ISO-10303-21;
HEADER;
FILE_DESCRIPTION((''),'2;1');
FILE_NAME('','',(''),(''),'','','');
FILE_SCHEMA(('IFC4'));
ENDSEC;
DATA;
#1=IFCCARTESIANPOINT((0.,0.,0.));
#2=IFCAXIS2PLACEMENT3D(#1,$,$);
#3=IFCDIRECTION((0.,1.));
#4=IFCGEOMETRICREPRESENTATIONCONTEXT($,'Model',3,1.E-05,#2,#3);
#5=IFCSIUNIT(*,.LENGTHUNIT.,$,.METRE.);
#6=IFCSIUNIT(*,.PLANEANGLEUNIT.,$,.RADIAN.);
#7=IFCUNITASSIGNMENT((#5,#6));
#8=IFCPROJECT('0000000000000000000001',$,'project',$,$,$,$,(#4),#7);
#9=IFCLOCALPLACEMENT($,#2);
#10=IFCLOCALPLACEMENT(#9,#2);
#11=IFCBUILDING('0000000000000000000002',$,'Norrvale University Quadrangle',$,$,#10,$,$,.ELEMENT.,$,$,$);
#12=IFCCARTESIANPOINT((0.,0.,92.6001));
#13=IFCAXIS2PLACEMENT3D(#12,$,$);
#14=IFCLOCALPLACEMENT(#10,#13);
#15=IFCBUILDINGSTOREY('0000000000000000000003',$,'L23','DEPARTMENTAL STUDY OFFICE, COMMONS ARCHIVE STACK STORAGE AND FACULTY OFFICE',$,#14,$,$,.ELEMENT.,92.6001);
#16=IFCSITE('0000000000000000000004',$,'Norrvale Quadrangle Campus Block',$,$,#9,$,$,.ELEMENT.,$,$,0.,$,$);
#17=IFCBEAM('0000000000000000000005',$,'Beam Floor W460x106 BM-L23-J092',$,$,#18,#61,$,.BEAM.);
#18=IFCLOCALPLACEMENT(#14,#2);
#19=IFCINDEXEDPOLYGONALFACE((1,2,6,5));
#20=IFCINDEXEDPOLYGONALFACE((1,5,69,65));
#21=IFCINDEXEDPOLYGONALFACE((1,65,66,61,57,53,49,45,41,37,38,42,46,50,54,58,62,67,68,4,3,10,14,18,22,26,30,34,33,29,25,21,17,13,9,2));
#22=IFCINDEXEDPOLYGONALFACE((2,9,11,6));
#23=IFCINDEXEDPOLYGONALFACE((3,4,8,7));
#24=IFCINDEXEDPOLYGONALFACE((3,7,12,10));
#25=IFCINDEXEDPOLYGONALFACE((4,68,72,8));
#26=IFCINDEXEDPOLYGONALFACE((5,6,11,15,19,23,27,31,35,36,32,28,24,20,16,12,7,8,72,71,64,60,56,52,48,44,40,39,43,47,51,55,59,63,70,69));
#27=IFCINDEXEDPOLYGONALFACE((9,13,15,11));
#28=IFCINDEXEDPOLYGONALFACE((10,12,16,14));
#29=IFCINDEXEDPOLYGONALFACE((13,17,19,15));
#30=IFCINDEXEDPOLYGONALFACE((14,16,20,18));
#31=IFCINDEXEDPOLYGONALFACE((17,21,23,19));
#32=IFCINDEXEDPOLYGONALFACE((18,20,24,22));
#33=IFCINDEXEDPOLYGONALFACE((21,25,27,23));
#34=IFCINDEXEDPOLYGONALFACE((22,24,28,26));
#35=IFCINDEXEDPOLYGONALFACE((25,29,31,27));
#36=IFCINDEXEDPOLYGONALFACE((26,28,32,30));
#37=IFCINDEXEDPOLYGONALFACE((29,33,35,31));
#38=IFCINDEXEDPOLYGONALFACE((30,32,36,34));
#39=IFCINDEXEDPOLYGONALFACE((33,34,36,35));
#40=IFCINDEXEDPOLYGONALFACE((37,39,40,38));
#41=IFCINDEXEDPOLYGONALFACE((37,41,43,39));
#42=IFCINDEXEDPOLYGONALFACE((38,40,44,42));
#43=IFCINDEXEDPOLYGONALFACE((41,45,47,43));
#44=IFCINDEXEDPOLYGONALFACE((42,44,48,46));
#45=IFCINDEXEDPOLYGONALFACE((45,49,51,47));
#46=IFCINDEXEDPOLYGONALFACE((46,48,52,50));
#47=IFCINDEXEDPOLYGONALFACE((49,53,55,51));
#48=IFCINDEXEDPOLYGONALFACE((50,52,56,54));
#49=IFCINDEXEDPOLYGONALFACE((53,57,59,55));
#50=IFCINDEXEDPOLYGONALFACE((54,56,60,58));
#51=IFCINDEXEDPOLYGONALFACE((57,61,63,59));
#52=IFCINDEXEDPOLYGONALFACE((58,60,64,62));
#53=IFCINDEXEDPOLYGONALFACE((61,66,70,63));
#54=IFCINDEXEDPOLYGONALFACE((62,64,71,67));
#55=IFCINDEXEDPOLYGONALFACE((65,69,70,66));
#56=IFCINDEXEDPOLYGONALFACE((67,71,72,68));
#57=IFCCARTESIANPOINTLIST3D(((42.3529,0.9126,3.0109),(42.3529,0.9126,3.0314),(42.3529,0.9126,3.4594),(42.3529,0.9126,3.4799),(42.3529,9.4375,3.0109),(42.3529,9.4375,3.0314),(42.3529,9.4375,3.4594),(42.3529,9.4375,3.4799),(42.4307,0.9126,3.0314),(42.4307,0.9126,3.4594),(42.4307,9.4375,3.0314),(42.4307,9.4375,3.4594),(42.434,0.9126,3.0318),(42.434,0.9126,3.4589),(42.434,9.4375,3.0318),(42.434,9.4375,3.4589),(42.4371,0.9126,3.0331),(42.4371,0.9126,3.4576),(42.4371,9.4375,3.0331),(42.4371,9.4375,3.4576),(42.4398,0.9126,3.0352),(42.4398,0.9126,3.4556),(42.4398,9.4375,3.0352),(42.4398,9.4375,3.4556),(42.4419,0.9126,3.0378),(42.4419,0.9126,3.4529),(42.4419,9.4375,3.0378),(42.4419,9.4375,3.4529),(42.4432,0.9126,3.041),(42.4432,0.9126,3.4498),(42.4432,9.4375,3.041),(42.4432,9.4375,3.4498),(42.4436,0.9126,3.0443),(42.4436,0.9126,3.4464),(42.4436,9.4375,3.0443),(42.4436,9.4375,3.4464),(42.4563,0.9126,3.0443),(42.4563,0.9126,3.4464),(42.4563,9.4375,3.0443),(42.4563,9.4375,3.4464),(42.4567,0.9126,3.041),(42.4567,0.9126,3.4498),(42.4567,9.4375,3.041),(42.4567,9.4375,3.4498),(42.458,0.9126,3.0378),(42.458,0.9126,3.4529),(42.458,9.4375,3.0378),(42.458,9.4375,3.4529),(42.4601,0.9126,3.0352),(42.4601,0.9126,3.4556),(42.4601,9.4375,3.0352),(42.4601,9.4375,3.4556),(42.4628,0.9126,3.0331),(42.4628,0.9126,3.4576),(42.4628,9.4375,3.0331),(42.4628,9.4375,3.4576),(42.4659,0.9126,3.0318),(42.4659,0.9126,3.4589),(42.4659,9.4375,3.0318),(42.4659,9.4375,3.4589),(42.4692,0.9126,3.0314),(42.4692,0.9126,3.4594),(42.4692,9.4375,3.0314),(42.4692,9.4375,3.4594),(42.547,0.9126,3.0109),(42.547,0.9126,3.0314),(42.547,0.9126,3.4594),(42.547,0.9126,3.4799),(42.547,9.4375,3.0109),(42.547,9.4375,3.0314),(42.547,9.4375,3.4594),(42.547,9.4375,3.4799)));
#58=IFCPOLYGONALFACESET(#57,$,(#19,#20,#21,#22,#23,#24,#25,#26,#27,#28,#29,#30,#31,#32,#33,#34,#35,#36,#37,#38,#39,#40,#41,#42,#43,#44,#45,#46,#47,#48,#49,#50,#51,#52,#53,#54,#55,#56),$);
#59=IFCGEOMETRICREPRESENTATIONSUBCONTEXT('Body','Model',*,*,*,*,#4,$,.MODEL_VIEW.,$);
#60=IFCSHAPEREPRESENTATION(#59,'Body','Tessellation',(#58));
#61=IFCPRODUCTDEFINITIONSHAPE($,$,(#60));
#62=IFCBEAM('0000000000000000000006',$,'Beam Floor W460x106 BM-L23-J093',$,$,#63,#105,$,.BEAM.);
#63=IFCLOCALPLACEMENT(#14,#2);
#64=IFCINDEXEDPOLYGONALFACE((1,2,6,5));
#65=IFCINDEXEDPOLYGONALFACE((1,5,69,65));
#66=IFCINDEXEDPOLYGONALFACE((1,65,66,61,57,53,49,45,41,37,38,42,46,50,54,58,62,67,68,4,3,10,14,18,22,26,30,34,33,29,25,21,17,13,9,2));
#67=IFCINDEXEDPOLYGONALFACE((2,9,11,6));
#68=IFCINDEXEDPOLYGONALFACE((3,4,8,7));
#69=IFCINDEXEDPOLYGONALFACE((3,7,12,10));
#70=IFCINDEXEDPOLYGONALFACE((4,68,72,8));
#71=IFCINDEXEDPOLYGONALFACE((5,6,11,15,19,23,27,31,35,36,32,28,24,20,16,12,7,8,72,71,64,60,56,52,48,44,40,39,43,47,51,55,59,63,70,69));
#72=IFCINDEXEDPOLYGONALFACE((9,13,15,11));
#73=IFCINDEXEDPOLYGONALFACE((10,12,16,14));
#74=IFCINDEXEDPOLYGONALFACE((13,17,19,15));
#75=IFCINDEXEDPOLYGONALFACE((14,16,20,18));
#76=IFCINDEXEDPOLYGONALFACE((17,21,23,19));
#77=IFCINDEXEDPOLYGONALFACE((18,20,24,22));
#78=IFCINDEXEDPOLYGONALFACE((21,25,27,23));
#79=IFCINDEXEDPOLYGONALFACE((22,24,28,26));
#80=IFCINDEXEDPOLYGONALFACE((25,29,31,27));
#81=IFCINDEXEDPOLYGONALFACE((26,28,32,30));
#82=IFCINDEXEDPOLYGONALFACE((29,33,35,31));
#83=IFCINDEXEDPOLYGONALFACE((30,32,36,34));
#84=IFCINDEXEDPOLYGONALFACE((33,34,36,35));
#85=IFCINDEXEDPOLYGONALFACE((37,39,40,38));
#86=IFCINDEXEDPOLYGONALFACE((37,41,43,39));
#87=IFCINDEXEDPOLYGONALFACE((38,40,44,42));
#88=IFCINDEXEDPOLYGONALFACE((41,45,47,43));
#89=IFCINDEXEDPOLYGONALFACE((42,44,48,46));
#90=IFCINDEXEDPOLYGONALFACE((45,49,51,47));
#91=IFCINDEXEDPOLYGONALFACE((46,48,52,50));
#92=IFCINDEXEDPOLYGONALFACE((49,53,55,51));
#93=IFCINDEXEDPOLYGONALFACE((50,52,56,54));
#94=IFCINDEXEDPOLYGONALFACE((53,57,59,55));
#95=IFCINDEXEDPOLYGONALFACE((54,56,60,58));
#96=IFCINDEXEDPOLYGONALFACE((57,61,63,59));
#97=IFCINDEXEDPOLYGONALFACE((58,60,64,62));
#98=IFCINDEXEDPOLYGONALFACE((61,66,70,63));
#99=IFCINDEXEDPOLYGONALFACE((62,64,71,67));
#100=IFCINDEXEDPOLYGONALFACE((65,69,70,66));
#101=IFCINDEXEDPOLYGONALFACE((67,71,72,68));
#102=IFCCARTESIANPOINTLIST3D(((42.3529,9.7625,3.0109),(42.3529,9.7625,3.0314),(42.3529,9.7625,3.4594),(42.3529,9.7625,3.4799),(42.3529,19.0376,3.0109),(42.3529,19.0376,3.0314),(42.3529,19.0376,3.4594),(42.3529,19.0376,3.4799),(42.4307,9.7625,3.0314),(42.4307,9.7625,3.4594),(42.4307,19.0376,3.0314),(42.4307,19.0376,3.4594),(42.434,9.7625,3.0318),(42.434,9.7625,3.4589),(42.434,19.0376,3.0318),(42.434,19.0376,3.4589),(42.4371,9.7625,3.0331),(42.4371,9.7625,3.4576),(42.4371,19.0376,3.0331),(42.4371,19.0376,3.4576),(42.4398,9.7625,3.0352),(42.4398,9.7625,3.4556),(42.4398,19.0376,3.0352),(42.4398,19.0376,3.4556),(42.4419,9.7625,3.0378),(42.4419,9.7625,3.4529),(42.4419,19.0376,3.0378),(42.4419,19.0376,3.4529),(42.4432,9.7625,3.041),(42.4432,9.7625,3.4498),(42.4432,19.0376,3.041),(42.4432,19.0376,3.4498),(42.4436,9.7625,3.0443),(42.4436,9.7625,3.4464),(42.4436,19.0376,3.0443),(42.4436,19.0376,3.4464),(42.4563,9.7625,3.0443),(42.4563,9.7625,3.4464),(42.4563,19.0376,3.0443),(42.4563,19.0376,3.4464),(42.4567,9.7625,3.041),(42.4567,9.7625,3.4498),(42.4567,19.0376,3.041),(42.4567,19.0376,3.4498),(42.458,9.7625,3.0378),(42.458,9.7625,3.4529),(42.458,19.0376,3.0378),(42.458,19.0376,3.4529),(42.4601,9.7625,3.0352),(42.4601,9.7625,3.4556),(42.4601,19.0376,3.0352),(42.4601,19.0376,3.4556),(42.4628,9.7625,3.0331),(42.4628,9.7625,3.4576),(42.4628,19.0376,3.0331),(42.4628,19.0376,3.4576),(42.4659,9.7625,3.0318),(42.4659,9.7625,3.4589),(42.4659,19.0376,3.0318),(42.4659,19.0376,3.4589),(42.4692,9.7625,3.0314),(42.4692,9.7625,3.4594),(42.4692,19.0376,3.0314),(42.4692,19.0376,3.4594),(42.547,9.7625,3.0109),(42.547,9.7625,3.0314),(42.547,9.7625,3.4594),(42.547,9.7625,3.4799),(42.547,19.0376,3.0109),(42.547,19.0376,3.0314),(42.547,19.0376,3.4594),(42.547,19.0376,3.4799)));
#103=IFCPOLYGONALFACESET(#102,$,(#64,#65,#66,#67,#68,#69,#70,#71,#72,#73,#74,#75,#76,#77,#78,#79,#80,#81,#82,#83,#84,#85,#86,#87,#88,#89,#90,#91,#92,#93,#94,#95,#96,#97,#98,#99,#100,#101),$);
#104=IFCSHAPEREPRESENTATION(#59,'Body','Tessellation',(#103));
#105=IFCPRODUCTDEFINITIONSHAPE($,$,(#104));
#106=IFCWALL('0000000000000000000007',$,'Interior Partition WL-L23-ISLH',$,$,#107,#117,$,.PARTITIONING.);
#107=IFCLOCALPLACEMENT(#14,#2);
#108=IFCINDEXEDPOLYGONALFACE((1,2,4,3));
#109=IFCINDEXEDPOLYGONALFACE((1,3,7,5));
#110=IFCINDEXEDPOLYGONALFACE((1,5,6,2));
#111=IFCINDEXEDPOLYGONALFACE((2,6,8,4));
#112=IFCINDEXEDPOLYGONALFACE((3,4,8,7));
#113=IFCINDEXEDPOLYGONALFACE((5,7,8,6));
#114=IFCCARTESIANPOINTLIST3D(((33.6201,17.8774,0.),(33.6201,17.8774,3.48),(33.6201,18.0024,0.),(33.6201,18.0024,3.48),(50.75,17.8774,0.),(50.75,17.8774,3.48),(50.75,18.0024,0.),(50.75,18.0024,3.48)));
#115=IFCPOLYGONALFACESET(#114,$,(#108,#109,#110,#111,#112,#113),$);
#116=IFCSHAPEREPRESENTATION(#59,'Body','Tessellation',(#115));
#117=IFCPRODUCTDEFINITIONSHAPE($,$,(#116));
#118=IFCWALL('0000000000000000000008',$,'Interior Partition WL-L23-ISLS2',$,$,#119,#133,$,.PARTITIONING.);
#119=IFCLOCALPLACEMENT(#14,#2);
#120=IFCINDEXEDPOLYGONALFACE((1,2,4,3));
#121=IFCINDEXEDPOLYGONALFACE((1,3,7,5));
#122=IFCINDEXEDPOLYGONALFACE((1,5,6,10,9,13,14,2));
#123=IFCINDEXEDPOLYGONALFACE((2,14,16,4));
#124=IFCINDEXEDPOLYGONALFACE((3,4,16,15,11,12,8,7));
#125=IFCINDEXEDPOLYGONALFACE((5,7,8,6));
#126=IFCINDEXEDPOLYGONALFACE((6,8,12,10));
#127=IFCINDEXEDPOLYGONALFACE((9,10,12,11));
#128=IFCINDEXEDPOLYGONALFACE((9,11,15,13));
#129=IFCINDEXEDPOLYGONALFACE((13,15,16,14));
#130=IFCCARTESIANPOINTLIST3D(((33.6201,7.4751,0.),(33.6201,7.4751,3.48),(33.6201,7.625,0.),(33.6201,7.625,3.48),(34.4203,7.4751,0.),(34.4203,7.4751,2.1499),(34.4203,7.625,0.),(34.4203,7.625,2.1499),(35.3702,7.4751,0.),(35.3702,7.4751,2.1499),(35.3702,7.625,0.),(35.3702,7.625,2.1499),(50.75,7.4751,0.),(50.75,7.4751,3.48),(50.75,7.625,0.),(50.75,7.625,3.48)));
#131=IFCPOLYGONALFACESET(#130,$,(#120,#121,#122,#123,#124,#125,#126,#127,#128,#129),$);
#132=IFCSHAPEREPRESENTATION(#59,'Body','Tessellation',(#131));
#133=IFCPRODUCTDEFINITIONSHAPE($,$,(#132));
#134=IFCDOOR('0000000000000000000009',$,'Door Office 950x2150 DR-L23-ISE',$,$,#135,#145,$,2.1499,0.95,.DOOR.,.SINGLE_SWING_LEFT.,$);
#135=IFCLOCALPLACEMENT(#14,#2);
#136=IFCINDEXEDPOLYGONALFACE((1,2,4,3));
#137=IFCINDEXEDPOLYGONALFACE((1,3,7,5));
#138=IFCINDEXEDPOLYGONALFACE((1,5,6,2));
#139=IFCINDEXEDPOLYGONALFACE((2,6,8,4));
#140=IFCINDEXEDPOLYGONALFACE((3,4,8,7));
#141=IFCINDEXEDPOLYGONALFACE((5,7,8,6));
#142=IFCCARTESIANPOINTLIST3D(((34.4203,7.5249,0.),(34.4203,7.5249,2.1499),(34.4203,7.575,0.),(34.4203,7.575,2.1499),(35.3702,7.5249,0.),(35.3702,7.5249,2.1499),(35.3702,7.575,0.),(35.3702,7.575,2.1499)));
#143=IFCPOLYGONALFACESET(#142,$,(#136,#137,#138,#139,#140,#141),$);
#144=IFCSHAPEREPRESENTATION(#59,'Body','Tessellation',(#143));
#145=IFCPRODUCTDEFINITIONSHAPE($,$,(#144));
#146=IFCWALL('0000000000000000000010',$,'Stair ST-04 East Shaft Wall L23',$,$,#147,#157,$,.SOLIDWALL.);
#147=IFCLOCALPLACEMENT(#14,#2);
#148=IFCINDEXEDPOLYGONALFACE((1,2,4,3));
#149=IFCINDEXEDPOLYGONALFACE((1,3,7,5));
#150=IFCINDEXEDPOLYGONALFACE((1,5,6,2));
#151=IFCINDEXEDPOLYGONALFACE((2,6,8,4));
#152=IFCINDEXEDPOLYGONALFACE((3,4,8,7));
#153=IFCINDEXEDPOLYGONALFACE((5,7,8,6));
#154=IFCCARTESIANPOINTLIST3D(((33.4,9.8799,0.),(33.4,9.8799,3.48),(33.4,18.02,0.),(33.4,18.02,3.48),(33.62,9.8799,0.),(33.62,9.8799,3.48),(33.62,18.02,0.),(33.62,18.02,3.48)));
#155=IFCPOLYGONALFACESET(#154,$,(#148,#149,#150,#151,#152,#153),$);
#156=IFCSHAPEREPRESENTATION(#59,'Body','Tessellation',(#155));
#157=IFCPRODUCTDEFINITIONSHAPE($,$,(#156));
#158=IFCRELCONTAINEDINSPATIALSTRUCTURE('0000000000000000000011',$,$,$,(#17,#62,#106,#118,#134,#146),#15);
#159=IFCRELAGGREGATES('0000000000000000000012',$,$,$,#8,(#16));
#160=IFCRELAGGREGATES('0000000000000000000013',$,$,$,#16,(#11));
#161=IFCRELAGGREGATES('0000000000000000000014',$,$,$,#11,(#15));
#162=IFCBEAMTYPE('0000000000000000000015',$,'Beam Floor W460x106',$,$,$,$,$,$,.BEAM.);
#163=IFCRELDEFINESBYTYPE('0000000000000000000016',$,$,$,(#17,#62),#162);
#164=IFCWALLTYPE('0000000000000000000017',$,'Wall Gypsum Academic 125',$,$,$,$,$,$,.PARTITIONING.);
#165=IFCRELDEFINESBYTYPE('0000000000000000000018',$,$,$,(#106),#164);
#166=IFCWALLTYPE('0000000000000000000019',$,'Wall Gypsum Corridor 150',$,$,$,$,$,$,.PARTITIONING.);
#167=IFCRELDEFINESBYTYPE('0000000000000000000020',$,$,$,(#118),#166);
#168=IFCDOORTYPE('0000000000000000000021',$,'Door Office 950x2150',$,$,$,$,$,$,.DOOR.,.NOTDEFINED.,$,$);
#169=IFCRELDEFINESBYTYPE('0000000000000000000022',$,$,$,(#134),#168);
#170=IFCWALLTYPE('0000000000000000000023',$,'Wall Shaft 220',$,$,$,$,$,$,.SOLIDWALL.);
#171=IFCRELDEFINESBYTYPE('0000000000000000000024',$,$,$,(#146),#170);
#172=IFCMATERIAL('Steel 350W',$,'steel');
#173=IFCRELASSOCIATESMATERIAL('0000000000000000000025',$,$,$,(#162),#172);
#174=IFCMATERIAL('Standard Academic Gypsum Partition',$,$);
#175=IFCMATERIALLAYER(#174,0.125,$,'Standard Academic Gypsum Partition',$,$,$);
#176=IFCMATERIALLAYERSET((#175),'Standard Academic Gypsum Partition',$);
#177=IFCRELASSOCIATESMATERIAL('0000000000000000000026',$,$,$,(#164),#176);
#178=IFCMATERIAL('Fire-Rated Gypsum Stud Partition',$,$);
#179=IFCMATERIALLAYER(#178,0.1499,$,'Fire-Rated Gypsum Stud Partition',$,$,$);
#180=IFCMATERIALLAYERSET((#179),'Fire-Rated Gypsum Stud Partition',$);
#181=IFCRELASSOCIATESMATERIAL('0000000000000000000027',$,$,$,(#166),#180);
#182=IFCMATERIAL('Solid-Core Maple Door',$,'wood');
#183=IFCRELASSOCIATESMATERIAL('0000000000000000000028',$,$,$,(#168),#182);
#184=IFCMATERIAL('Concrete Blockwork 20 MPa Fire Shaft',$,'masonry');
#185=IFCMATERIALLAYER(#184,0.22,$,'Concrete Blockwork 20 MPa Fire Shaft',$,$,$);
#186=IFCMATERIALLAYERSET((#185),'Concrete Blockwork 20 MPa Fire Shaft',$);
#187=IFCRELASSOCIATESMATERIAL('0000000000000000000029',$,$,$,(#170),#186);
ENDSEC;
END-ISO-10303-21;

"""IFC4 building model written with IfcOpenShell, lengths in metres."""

from ifc_helpers import new_model, si_unit, direction, frame, frame_2d, origin, origin_2d, place, context, subcontext, project, spatial, rectangle, i_section, extrude, material, layer, layer_set, material_profile, profile_set, type_object, element, fill, save


model = new_model("IFC4")

# Units and contexts
model_context = context("Model", 3, precision=1e-05, world=origin(), true_north=direction((0.0, 1.0)))
body_context = subcontext(model_context, "Body", "Model", "MODEL_VIEW")
ifc_project = project(units=[si_unit("LENGTHUNIT", "METRE"), si_unit("PLANEANGLEUNIT", "RADIAN")], contexts=[model_context])

# Site, building, storey
site_placement = place(None, origin())
site = spatial("IfcSite", under=ifc_project, at=site_placement, Name="Norrvale Quadrangle Campus Block", CompositionType="ELEMENT", RefElevation=0.0)
building_placement = place(site_placement, origin())
building = spatial("IfcBuilding", under=site, at=building_placement, Name="Norrvale University Quadrangle", CompositionType="ELEMENT")
storey_placement = place(building_placement, frame((0.0, 0.0, 92.6001)))
storey = spatial("IfcBuildingStorey", under=building, at=storey_placement, Name="L23", Description="DEPARTMENTAL STUDY OFFICE, COMMONS ARCHIVE STACK STORAGE AND FACULTY OFFICE", CompositionType="ELEMENT", Elevation=92.6001)

# Beams
ifc_material_1 = material(Name="Steel 350W", Category="steel")
ifc_material_profile_1 = material_profile(ifc_material_1, i_section(OverallWidth=0.1941, OverallDepth=0.469, WebThickness=0.0127, FlangeThickness=0.0205, FilletRadius=0.0129, at=origin_2d()), Name="Steel 350W")
ifc_profile_set_1 = profile_set([ifc_material_profile_1], Name="Steel 350W")
beam_type_1 = type_object("IfcBeamType", Name="Beam Floor W460x106", PredefinedType="BEAM", material=ifc_profile_set_1)
beam_1_placement = place(storey_placement, frame((42.45, 0.9126, 3.2454), z_axis=(0.0, 1.0, 0.0), x_axis=(-1.0, 0.0, 0.0)))
element("IfcBeam", 1, at=beam_1_placement, inside=storey, type_object=beam_type_1, Name="Beam Floor W460x106 BM-L23-J092", PredefinedType="BEAM", context=body_context, shape_type="SweptSolid", body=[
    extrude(i_section(OverallWidth=0.1941, OverallDepth=0.469, WebThickness=0.0127, FlangeThickness=0.0205, FilletRadius=0.0129, at=origin_2d()), origin(), (0.0, 0.0, 1.0), 8.5249),
])
beam_2_placement = place(storey_placement, frame((42.45, 9.7625, 3.2454), z_axis=(0.0, 1.0, 0.0), x_axis=(-1.0, 0.0, 0.0)))
element("IfcBeam", 2, at=beam_2_placement, inside=storey, type_object=beam_type_1, Name="Beam Floor W460x106 BM-L23-J093", PredefinedType="BEAM", context=body_context, shape_type="SweptSolid", body=[
    extrude(i_section(OverallWidth=0.1941, OverallDepth=0.469, WebThickness=0.0127, FlangeThickness=0.0205, FilletRadius=0.0129, at=origin_2d()), origin(), (0.0, 0.0, 1.0), 9.2751),
])

# Wall
ifc_material_2 = material(Name="Standard Academic Gypsum Partition")
ifc_layer_1 = layer(ifc_material_2, 0.125, Name="Standard Academic Gypsum Partition")
ifc_layer_set_1 = layer_set([ifc_layer_1], Name="Standard Academic Gypsum Partition")
wall_type_1 = type_object("IfcWallType", Name="Wall Gypsum Academic 125", PredefinedType="PARTITIONING", material=ifc_layer_set_1)
wall_1_placement = place(storey_placement, frame((33.6201, 17.9399, 0.0), z_axis=(0.0, 0.0, 1.0), x_axis=(1.0, 0.0, 0.0)))
element("IfcWall", 3, at=wall_1_placement, inside=storey, type_object=wall_type_1, Name="Interior Partition WL-L23-ISLH", PredefinedType="PARTITIONING", context=body_context, shape_type="SweptSolid", body=[
    extrude(rectangle(XDim=17.1299, YDim=0.125, at=frame_2d((8.5649, 0.0))), origin(), (0.0, 0.0, 1.0), 3.48),
])

# Wall, opening, door
ifc_material_3 = material(Name="Fire-Rated Gypsum Stud Partition")
ifc_layer_2 = layer(ifc_material_3, 0.1499, Name="Fire-Rated Gypsum Stud Partition")
ifc_layer_set_2 = layer_set([ifc_layer_2], Name="Fire-Rated Gypsum Stud Partition")
wall_type_2 = type_object("IfcWallType", Name="Wall Gypsum Corridor 150", PredefinedType="PARTITIONING", material=ifc_layer_set_2)
wall_2_placement = place(storey_placement, frame((33.6201, 7.55, 0.0), z_axis=(0.0, 0.0, 1.0), x_axis=(1.0, 0.0, 0.0)))
wall_2 = element("IfcWall", 4, at=wall_2_placement, inside=storey, type_object=wall_type_2, Name="Interior Partition WL-L23-ISLS2", PredefinedType="PARTITIONING", context=body_context, shape_type="SweptSolid", body=[
    extrude(rectangle(XDim=17.1299, YDim=0.1499, at=frame_2d((8.5649, 0.0))), origin(), (0.0, 0.0, 1.0), 3.48),
])
opening_placement = place(wall_2_placement, frame((0.8, 0.0, 0.0)))
opening = element("IfcOpeningElement", 5, at=opening_placement, cuts=wall_2, PredefinedType="OPENING", context=body_context, shape_type="SweptSolid", body=[
    extrude(rectangle(XDim=0.95, YDim=2.1499, at=frame_2d((0.4751, 1.075))), frame((0.0, 0.0869, 0.0), z_axis=(0.0, -1.0, 0.0), x_axis=(1.0, 0.0, 0.0)), (0.0, 0.0, 1.0), 0.1738),
])
ifc_material_4 = material(Name="Solid-Core Maple Door", Category="wood")
door_type = type_object("IfcDoorType", Name="Door Office 950x2150", OperationType="NOTDEFINED", PredefinedType="DOOR", material=ifc_material_4)
door_placement = place(opening_placement, origin())
door = element("IfcDoor", 6, at=door_placement, inside=storey, type_object=door_type, Name="Door Office 950x2150 DR-L23-ISE", OperationType="SINGLE_SWING_LEFT", OverallHeight=2.1499, OverallWidth=0.95, PredefinedType="DOOR", context=body_context, shape_type="SweptSolid", body=[
    extrude(rectangle(XDim=0.95, YDim=2.1499, at=frame_2d((0.4751, 1.075))), frame((0.0, 0.0249, 0.0), z_axis=(0.0, -1.0, 0.0), x_axis=(1.0, 0.0, 0.0)), (0.0, 0.0, 1.0), 0.05),
])
fill(opening, door)

# Wall
ifc_material_5 = material(Name="Concrete Blockwork 20 MPa Fire Shaft", Category="masonry")
ifc_layer_3 = layer(ifc_material_5, 0.22, Name="Concrete Blockwork 20 MPa Fire Shaft")
ifc_layer_set_3 = layer_set([ifc_layer_3], Name="Concrete Blockwork 20 MPa Fire Shaft")
wall_type_3 = type_object("IfcWallType", Name="Wall Shaft 220", PredefinedType="SOLIDWALL", material=ifc_layer_set_3)
wall_3_placement = place(storey_placement, frame((33.51, 9.8799, 0.0), z_axis=(0.0, 0.0, 1.0), x_axis=(0.0, 1.0, 0.0)))
element("IfcWall", 7, at=wall_3_placement, inside=storey, type_object=wall_type_3, Name="Stair ST-04 East Shaft Wall L23", PredefinedType="SOLIDWALL", context=body_context, shape_type="SweptSolid", body=[
    extrude(rectangle(XDim=8.1401, YDim=0.22, at=frame_2d((4.0701, 0.0))), origin(), (0.0, 0.0, 1.0), 3.48),
])

save(model, "model.ifc")
